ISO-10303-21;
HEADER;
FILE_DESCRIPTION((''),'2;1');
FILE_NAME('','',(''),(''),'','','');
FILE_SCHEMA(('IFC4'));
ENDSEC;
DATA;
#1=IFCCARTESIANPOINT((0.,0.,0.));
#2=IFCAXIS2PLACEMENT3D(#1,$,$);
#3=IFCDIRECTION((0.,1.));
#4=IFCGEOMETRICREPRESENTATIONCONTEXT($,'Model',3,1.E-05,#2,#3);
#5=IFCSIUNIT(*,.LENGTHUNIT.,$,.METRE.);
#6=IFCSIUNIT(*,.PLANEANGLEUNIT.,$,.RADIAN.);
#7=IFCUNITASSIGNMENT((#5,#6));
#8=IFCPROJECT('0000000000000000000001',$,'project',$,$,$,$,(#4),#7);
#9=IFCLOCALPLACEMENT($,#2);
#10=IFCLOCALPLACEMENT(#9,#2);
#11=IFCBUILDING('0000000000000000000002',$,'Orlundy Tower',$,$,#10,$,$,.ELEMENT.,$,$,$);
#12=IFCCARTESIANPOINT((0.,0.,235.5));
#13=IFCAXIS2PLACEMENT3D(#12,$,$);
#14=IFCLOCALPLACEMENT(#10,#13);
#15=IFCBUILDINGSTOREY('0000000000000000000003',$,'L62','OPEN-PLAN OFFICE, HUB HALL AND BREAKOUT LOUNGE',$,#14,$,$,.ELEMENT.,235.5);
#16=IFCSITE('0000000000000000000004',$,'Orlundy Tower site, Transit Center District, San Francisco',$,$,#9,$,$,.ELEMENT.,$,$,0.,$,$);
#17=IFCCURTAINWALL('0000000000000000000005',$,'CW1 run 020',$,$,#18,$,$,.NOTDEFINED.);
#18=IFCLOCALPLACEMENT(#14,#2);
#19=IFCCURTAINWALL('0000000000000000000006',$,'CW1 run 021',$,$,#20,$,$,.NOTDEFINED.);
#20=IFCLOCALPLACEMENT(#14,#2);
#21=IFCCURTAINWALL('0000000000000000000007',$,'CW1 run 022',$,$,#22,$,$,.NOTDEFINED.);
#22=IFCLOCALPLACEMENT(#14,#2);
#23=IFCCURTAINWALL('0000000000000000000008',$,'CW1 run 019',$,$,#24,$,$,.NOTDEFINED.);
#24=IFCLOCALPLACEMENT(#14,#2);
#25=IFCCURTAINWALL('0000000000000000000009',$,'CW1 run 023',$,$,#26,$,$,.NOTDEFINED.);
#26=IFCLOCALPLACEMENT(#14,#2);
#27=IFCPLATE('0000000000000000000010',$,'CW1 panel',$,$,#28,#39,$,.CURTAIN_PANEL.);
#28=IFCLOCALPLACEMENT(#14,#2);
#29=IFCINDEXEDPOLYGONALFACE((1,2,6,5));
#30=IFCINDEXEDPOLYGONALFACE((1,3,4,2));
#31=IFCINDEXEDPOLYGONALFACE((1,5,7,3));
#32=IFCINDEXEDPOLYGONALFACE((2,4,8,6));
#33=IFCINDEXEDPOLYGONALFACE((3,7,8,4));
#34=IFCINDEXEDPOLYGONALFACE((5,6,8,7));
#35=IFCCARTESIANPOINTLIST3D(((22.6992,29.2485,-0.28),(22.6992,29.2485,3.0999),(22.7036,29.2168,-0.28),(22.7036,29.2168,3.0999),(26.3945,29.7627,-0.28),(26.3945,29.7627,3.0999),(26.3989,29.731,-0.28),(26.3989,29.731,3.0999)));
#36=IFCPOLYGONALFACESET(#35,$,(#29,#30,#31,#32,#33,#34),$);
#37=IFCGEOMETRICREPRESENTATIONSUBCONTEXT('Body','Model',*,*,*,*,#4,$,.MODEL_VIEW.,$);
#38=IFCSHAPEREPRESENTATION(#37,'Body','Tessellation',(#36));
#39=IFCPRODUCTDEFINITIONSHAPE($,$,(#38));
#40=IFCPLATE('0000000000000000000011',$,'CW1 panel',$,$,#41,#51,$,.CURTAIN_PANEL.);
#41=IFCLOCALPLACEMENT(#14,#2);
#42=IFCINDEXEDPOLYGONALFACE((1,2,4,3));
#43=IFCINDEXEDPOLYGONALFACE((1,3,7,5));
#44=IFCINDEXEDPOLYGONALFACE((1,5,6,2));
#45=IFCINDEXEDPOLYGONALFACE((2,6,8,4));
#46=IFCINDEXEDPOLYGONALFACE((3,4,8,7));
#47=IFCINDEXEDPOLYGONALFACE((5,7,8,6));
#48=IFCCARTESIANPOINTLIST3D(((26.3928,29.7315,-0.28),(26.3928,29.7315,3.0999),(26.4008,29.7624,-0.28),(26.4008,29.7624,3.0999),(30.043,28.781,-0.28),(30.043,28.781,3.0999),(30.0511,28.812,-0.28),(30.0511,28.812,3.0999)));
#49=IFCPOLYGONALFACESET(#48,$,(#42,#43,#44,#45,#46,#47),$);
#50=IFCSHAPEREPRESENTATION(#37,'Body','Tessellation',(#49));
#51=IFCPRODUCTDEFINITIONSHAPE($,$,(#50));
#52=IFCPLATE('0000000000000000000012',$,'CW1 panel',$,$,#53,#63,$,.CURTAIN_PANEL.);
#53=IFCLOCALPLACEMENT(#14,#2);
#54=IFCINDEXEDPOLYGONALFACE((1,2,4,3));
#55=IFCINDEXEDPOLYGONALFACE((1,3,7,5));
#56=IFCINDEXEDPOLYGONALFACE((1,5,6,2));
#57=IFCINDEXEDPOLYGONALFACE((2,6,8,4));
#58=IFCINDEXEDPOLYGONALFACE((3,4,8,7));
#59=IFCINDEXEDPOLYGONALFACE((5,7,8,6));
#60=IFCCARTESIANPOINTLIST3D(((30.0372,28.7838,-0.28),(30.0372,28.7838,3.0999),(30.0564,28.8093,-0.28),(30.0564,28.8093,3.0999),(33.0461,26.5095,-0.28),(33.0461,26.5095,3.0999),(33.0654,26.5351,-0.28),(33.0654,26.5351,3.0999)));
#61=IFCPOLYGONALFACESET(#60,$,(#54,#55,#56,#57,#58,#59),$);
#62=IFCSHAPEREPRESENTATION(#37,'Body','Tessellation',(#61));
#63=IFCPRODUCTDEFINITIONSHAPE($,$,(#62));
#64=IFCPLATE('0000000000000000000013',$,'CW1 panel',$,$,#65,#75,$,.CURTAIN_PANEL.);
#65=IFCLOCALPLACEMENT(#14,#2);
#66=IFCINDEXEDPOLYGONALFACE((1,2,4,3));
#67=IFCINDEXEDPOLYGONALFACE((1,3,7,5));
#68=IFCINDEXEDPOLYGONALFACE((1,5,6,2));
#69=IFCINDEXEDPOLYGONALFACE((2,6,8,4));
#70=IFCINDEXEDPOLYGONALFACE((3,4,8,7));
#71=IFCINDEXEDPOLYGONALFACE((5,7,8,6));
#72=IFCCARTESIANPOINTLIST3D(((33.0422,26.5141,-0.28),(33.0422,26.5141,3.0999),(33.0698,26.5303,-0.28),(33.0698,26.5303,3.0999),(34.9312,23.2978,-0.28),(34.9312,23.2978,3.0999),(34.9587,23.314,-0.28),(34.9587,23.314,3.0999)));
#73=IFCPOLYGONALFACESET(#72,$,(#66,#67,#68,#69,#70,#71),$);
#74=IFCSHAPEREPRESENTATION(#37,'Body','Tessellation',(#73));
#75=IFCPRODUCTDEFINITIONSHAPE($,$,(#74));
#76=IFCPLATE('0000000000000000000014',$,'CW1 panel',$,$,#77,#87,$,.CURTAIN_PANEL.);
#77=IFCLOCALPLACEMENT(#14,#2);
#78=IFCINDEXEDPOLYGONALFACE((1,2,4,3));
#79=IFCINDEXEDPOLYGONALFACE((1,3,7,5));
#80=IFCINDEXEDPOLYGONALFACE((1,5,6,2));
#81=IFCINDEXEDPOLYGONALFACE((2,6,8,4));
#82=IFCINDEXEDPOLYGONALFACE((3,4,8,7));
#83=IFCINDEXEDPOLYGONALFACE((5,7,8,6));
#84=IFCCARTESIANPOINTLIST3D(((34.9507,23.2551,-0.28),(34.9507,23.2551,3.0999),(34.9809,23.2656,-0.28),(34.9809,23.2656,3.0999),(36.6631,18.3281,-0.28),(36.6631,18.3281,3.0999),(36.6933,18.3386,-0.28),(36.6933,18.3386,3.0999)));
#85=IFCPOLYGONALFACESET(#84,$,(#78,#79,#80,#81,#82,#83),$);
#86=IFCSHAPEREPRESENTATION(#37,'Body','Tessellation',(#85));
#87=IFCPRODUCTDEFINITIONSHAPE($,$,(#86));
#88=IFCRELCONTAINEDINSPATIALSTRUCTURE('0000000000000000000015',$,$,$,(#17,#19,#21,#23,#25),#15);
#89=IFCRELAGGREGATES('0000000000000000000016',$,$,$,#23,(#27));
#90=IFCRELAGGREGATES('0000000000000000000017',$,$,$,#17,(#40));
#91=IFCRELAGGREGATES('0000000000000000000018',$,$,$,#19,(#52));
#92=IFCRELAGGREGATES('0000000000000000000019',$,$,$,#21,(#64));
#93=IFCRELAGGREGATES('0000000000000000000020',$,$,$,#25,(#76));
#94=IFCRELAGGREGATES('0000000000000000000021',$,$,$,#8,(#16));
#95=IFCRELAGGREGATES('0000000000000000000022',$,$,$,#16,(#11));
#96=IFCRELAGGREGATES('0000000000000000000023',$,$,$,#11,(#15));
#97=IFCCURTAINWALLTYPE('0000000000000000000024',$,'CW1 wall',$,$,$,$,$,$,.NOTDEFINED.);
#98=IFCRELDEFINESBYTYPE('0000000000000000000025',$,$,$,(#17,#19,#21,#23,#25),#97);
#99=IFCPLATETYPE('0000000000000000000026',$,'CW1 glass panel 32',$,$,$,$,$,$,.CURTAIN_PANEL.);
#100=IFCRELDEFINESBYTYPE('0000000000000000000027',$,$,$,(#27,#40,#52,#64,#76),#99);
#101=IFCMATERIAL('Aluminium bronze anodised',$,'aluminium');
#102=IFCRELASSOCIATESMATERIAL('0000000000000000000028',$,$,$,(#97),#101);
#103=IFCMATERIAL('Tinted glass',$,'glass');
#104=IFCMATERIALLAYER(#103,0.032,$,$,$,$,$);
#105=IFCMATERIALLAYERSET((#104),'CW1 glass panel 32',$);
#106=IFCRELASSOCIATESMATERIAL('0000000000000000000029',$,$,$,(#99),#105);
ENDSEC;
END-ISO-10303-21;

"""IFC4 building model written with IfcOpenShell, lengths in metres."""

from ifc_helpers import new_model, si_unit, direction, frame, origin, origin_2d, place, context, subcontext, project, spatial, rectangle, extrude, material, layer, layer_set, type_object, element, aggregate, save


model = new_model("IFC4")

# Units and contexts
model_context = context("Model", 3, precision=1e-05, world=origin(), true_north=direction((0.0, 1.0)))
body_context = subcontext(model_context, "Body", "Model", "MODEL_VIEW")
ifc_project = project(units=[si_unit("LENGTHUNIT", "METRE"), si_unit("PLANEANGLEUNIT", "RADIAN")], contexts=[model_context])

# Site, building, storey
site_placement = place(None, origin())
site = spatial("IfcSite", under=ifc_project, at=site_placement, Name="Orlundy Tower site, Transit Center District, San Francisco", CompositionType="ELEMENT", RefElevation=0.0)
building_placement = place(site_placement, origin())
building = spatial("IfcBuilding", under=site, at=building_placement, Name="Orlundy Tower", CompositionType="ELEMENT")
storey_placement = place(building_placement, frame((0.0, 0.0, 235.5)))
storey = spatial("IfcBuildingStorey", under=building, at=storey_placement, Name="L62", Description="OPEN-PLAN OFFICE, HUB HALL AND BREAKOUT LOUNGE", CompositionType="ELEMENT", Elevation=235.5)

# Curtain walls
ifc_material_1 = material(Name="Aluminium bronze anodised", Category="aluminium")
curtain_wall_type = type_object("IfcCurtainWallType", Name="CW1 wall", PredefinedType="NOTDEFINED", material=ifc_material_1)
curtain_wall_1_placement = place(storey_placement, origin())
curtain_wall_1 = element("IfcCurtainWall", 1, at=curtain_wall_1_placement, inside=storey, type_object=curtain_wall_type, Name="CW1 run 020", PredefinedType="NOTDEFINED")
curtain_wall_2_placement = place(storey_placement, origin())
curtain_wall_2 = element("IfcCurtainWall", 2, at=curtain_wall_2_placement, inside=storey, type_object=curtain_wall_type, Name="CW1 run 021", PredefinedType="NOTDEFINED")
curtain_wall_3_placement = place(storey_placement, origin())
curtain_wall_3 = element("IfcCurtainWall", 3, at=curtain_wall_3_placement, inside=storey, type_object=curtain_wall_type, Name="CW1 run 022", PredefinedType="NOTDEFINED")
curtain_wall_4_placement = place(storey_placement, origin())
curtain_wall_4 = element("IfcCurtainWall", 4, at=curtain_wall_4_placement, inside=storey, type_object=curtain_wall_type, Name="CW1 run 019", PredefinedType="NOTDEFINED")

# Curtain wall
curtain_wall_5_placement = place(storey_placement, origin())
curtain_wall_5 = element("IfcCurtainWall", 5, at=curtain_wall_5_placement, inside=storey, type_object=curtain_wall_type, Name="CW1 run 023", PredefinedType="NOTDEFINED")

# Plates
ifc_material_2 = material(Name="Tinted glass", Category="glass")
ifc_layer = layer(ifc_material_2, 0.032)
ifc_layer_set = layer_set([ifc_layer], Name="CW1 glass panel 32")
plate_type = type_object("IfcPlateType", Name="CW1 glass panel 32", PredefinedType="CURTAIN_PANEL", material=ifc_layer_set)
plate_1_placement = place(storey_placement, frame((24.5491, 29.4897, -0.28), z_axis=(0.0, 0.0, 1.0), x_axis=(0.990455, 0.137833, 0.0)))
plate_1 = element("IfcPlate", 6, at=plate_1_placement, type_object=plate_type, Name="CW1 panel", PredefinedType="CURTAIN_PANEL", context=body_context, shape_type="SweptSolid", body=[
    extrude(rectangle(XDim=3.731, YDim=0.032, at=origin_2d()), origin(), (0.0, 0.0, 1.0), 3.3799),
])
aggregate(curtain_wall_4, [plate_1])
plate_2_placement = place(storey_placement, frame((28.2219, 29.2717, -0.28), z_axis=(0.0, 0.0, 1.0), x_axis=(0.967732, -0.251983, 0.0)))
plate_2 = element("IfcPlate", 7, at=plate_2_placement, type_object=plate_type, Name="CW1 panel", PredefinedType="CURTAIN_PANEL", context=body_context, shape_type="SweptSolid", body=[
    extrude(rectangle(XDim=3.772, YDim=0.032, at=origin_2d()), origin(), (0.0, 0.0, 1.0), 3.3799),
])
aggregate(curtain_wall_1, [plate_2])
plate_3_placement = place(storey_placement, frame((31.5513, 27.6594, -0.28), z_axis=(0.0, 0.0, 1.0), x_axis=(0.797761, -0.602974, 0.0)))
plate_3 = element("IfcPlate", 8, at=plate_3_placement, type_object=plate_type, Name="CW1 panel", PredefinedType="CURTAIN_PANEL", context=body_context, shape_type="SweptSolid", body=[
    extrude(rectangle(XDim=3.7717, YDim=0.032, at=origin_2d()), origin(), (0.0, 0.0, 1.0), 3.3799),
])
aggregate(curtain_wall_2, [plate_3])
plate_4_placement = place(storey_placement, frame((34.0005, 24.9141, -0.28), z_axis=(0.0, 0.0, 1.0), x_axis=(0.506419, -0.862288, 0.0)))
plate_4 = element("IfcPlate", 9, at=plate_4_placement, type_object=plate_type, Name="CW1 panel", PredefinedType="CURTAIN_PANEL", context=body_context, shape_type="SweptSolid", body=[
    extrude(rectangle(XDim=3.73, YDim=0.032, at=origin_2d()), origin(), (0.0, 0.0, 1.0), 3.3799),
])
aggregate(curtain_wall_3, [plate_4])
plate_5_placement = place(storey_placement, frame((35.822, 20.7969, -0.28), z_axis=(0.0, 0.0, 1.0), x_axis=(0.328288, -0.944578, 0.0)))
plate_5 = element("IfcPlate", 10, at=plate_5_placement, type_object=plate_type, Name="CW1 panel", PredefinedType="CURTAIN_PANEL", context=body_context, shape_type="SweptSolid", body=[
    extrude(rectangle(XDim=5.2161, YDim=0.032, at=origin_2d()), origin(), (0.0, 0.0, 1.0), 3.3799),
])
aggregate(curtain_wall_5, [plate_5])

save(model, "model.ifc")
